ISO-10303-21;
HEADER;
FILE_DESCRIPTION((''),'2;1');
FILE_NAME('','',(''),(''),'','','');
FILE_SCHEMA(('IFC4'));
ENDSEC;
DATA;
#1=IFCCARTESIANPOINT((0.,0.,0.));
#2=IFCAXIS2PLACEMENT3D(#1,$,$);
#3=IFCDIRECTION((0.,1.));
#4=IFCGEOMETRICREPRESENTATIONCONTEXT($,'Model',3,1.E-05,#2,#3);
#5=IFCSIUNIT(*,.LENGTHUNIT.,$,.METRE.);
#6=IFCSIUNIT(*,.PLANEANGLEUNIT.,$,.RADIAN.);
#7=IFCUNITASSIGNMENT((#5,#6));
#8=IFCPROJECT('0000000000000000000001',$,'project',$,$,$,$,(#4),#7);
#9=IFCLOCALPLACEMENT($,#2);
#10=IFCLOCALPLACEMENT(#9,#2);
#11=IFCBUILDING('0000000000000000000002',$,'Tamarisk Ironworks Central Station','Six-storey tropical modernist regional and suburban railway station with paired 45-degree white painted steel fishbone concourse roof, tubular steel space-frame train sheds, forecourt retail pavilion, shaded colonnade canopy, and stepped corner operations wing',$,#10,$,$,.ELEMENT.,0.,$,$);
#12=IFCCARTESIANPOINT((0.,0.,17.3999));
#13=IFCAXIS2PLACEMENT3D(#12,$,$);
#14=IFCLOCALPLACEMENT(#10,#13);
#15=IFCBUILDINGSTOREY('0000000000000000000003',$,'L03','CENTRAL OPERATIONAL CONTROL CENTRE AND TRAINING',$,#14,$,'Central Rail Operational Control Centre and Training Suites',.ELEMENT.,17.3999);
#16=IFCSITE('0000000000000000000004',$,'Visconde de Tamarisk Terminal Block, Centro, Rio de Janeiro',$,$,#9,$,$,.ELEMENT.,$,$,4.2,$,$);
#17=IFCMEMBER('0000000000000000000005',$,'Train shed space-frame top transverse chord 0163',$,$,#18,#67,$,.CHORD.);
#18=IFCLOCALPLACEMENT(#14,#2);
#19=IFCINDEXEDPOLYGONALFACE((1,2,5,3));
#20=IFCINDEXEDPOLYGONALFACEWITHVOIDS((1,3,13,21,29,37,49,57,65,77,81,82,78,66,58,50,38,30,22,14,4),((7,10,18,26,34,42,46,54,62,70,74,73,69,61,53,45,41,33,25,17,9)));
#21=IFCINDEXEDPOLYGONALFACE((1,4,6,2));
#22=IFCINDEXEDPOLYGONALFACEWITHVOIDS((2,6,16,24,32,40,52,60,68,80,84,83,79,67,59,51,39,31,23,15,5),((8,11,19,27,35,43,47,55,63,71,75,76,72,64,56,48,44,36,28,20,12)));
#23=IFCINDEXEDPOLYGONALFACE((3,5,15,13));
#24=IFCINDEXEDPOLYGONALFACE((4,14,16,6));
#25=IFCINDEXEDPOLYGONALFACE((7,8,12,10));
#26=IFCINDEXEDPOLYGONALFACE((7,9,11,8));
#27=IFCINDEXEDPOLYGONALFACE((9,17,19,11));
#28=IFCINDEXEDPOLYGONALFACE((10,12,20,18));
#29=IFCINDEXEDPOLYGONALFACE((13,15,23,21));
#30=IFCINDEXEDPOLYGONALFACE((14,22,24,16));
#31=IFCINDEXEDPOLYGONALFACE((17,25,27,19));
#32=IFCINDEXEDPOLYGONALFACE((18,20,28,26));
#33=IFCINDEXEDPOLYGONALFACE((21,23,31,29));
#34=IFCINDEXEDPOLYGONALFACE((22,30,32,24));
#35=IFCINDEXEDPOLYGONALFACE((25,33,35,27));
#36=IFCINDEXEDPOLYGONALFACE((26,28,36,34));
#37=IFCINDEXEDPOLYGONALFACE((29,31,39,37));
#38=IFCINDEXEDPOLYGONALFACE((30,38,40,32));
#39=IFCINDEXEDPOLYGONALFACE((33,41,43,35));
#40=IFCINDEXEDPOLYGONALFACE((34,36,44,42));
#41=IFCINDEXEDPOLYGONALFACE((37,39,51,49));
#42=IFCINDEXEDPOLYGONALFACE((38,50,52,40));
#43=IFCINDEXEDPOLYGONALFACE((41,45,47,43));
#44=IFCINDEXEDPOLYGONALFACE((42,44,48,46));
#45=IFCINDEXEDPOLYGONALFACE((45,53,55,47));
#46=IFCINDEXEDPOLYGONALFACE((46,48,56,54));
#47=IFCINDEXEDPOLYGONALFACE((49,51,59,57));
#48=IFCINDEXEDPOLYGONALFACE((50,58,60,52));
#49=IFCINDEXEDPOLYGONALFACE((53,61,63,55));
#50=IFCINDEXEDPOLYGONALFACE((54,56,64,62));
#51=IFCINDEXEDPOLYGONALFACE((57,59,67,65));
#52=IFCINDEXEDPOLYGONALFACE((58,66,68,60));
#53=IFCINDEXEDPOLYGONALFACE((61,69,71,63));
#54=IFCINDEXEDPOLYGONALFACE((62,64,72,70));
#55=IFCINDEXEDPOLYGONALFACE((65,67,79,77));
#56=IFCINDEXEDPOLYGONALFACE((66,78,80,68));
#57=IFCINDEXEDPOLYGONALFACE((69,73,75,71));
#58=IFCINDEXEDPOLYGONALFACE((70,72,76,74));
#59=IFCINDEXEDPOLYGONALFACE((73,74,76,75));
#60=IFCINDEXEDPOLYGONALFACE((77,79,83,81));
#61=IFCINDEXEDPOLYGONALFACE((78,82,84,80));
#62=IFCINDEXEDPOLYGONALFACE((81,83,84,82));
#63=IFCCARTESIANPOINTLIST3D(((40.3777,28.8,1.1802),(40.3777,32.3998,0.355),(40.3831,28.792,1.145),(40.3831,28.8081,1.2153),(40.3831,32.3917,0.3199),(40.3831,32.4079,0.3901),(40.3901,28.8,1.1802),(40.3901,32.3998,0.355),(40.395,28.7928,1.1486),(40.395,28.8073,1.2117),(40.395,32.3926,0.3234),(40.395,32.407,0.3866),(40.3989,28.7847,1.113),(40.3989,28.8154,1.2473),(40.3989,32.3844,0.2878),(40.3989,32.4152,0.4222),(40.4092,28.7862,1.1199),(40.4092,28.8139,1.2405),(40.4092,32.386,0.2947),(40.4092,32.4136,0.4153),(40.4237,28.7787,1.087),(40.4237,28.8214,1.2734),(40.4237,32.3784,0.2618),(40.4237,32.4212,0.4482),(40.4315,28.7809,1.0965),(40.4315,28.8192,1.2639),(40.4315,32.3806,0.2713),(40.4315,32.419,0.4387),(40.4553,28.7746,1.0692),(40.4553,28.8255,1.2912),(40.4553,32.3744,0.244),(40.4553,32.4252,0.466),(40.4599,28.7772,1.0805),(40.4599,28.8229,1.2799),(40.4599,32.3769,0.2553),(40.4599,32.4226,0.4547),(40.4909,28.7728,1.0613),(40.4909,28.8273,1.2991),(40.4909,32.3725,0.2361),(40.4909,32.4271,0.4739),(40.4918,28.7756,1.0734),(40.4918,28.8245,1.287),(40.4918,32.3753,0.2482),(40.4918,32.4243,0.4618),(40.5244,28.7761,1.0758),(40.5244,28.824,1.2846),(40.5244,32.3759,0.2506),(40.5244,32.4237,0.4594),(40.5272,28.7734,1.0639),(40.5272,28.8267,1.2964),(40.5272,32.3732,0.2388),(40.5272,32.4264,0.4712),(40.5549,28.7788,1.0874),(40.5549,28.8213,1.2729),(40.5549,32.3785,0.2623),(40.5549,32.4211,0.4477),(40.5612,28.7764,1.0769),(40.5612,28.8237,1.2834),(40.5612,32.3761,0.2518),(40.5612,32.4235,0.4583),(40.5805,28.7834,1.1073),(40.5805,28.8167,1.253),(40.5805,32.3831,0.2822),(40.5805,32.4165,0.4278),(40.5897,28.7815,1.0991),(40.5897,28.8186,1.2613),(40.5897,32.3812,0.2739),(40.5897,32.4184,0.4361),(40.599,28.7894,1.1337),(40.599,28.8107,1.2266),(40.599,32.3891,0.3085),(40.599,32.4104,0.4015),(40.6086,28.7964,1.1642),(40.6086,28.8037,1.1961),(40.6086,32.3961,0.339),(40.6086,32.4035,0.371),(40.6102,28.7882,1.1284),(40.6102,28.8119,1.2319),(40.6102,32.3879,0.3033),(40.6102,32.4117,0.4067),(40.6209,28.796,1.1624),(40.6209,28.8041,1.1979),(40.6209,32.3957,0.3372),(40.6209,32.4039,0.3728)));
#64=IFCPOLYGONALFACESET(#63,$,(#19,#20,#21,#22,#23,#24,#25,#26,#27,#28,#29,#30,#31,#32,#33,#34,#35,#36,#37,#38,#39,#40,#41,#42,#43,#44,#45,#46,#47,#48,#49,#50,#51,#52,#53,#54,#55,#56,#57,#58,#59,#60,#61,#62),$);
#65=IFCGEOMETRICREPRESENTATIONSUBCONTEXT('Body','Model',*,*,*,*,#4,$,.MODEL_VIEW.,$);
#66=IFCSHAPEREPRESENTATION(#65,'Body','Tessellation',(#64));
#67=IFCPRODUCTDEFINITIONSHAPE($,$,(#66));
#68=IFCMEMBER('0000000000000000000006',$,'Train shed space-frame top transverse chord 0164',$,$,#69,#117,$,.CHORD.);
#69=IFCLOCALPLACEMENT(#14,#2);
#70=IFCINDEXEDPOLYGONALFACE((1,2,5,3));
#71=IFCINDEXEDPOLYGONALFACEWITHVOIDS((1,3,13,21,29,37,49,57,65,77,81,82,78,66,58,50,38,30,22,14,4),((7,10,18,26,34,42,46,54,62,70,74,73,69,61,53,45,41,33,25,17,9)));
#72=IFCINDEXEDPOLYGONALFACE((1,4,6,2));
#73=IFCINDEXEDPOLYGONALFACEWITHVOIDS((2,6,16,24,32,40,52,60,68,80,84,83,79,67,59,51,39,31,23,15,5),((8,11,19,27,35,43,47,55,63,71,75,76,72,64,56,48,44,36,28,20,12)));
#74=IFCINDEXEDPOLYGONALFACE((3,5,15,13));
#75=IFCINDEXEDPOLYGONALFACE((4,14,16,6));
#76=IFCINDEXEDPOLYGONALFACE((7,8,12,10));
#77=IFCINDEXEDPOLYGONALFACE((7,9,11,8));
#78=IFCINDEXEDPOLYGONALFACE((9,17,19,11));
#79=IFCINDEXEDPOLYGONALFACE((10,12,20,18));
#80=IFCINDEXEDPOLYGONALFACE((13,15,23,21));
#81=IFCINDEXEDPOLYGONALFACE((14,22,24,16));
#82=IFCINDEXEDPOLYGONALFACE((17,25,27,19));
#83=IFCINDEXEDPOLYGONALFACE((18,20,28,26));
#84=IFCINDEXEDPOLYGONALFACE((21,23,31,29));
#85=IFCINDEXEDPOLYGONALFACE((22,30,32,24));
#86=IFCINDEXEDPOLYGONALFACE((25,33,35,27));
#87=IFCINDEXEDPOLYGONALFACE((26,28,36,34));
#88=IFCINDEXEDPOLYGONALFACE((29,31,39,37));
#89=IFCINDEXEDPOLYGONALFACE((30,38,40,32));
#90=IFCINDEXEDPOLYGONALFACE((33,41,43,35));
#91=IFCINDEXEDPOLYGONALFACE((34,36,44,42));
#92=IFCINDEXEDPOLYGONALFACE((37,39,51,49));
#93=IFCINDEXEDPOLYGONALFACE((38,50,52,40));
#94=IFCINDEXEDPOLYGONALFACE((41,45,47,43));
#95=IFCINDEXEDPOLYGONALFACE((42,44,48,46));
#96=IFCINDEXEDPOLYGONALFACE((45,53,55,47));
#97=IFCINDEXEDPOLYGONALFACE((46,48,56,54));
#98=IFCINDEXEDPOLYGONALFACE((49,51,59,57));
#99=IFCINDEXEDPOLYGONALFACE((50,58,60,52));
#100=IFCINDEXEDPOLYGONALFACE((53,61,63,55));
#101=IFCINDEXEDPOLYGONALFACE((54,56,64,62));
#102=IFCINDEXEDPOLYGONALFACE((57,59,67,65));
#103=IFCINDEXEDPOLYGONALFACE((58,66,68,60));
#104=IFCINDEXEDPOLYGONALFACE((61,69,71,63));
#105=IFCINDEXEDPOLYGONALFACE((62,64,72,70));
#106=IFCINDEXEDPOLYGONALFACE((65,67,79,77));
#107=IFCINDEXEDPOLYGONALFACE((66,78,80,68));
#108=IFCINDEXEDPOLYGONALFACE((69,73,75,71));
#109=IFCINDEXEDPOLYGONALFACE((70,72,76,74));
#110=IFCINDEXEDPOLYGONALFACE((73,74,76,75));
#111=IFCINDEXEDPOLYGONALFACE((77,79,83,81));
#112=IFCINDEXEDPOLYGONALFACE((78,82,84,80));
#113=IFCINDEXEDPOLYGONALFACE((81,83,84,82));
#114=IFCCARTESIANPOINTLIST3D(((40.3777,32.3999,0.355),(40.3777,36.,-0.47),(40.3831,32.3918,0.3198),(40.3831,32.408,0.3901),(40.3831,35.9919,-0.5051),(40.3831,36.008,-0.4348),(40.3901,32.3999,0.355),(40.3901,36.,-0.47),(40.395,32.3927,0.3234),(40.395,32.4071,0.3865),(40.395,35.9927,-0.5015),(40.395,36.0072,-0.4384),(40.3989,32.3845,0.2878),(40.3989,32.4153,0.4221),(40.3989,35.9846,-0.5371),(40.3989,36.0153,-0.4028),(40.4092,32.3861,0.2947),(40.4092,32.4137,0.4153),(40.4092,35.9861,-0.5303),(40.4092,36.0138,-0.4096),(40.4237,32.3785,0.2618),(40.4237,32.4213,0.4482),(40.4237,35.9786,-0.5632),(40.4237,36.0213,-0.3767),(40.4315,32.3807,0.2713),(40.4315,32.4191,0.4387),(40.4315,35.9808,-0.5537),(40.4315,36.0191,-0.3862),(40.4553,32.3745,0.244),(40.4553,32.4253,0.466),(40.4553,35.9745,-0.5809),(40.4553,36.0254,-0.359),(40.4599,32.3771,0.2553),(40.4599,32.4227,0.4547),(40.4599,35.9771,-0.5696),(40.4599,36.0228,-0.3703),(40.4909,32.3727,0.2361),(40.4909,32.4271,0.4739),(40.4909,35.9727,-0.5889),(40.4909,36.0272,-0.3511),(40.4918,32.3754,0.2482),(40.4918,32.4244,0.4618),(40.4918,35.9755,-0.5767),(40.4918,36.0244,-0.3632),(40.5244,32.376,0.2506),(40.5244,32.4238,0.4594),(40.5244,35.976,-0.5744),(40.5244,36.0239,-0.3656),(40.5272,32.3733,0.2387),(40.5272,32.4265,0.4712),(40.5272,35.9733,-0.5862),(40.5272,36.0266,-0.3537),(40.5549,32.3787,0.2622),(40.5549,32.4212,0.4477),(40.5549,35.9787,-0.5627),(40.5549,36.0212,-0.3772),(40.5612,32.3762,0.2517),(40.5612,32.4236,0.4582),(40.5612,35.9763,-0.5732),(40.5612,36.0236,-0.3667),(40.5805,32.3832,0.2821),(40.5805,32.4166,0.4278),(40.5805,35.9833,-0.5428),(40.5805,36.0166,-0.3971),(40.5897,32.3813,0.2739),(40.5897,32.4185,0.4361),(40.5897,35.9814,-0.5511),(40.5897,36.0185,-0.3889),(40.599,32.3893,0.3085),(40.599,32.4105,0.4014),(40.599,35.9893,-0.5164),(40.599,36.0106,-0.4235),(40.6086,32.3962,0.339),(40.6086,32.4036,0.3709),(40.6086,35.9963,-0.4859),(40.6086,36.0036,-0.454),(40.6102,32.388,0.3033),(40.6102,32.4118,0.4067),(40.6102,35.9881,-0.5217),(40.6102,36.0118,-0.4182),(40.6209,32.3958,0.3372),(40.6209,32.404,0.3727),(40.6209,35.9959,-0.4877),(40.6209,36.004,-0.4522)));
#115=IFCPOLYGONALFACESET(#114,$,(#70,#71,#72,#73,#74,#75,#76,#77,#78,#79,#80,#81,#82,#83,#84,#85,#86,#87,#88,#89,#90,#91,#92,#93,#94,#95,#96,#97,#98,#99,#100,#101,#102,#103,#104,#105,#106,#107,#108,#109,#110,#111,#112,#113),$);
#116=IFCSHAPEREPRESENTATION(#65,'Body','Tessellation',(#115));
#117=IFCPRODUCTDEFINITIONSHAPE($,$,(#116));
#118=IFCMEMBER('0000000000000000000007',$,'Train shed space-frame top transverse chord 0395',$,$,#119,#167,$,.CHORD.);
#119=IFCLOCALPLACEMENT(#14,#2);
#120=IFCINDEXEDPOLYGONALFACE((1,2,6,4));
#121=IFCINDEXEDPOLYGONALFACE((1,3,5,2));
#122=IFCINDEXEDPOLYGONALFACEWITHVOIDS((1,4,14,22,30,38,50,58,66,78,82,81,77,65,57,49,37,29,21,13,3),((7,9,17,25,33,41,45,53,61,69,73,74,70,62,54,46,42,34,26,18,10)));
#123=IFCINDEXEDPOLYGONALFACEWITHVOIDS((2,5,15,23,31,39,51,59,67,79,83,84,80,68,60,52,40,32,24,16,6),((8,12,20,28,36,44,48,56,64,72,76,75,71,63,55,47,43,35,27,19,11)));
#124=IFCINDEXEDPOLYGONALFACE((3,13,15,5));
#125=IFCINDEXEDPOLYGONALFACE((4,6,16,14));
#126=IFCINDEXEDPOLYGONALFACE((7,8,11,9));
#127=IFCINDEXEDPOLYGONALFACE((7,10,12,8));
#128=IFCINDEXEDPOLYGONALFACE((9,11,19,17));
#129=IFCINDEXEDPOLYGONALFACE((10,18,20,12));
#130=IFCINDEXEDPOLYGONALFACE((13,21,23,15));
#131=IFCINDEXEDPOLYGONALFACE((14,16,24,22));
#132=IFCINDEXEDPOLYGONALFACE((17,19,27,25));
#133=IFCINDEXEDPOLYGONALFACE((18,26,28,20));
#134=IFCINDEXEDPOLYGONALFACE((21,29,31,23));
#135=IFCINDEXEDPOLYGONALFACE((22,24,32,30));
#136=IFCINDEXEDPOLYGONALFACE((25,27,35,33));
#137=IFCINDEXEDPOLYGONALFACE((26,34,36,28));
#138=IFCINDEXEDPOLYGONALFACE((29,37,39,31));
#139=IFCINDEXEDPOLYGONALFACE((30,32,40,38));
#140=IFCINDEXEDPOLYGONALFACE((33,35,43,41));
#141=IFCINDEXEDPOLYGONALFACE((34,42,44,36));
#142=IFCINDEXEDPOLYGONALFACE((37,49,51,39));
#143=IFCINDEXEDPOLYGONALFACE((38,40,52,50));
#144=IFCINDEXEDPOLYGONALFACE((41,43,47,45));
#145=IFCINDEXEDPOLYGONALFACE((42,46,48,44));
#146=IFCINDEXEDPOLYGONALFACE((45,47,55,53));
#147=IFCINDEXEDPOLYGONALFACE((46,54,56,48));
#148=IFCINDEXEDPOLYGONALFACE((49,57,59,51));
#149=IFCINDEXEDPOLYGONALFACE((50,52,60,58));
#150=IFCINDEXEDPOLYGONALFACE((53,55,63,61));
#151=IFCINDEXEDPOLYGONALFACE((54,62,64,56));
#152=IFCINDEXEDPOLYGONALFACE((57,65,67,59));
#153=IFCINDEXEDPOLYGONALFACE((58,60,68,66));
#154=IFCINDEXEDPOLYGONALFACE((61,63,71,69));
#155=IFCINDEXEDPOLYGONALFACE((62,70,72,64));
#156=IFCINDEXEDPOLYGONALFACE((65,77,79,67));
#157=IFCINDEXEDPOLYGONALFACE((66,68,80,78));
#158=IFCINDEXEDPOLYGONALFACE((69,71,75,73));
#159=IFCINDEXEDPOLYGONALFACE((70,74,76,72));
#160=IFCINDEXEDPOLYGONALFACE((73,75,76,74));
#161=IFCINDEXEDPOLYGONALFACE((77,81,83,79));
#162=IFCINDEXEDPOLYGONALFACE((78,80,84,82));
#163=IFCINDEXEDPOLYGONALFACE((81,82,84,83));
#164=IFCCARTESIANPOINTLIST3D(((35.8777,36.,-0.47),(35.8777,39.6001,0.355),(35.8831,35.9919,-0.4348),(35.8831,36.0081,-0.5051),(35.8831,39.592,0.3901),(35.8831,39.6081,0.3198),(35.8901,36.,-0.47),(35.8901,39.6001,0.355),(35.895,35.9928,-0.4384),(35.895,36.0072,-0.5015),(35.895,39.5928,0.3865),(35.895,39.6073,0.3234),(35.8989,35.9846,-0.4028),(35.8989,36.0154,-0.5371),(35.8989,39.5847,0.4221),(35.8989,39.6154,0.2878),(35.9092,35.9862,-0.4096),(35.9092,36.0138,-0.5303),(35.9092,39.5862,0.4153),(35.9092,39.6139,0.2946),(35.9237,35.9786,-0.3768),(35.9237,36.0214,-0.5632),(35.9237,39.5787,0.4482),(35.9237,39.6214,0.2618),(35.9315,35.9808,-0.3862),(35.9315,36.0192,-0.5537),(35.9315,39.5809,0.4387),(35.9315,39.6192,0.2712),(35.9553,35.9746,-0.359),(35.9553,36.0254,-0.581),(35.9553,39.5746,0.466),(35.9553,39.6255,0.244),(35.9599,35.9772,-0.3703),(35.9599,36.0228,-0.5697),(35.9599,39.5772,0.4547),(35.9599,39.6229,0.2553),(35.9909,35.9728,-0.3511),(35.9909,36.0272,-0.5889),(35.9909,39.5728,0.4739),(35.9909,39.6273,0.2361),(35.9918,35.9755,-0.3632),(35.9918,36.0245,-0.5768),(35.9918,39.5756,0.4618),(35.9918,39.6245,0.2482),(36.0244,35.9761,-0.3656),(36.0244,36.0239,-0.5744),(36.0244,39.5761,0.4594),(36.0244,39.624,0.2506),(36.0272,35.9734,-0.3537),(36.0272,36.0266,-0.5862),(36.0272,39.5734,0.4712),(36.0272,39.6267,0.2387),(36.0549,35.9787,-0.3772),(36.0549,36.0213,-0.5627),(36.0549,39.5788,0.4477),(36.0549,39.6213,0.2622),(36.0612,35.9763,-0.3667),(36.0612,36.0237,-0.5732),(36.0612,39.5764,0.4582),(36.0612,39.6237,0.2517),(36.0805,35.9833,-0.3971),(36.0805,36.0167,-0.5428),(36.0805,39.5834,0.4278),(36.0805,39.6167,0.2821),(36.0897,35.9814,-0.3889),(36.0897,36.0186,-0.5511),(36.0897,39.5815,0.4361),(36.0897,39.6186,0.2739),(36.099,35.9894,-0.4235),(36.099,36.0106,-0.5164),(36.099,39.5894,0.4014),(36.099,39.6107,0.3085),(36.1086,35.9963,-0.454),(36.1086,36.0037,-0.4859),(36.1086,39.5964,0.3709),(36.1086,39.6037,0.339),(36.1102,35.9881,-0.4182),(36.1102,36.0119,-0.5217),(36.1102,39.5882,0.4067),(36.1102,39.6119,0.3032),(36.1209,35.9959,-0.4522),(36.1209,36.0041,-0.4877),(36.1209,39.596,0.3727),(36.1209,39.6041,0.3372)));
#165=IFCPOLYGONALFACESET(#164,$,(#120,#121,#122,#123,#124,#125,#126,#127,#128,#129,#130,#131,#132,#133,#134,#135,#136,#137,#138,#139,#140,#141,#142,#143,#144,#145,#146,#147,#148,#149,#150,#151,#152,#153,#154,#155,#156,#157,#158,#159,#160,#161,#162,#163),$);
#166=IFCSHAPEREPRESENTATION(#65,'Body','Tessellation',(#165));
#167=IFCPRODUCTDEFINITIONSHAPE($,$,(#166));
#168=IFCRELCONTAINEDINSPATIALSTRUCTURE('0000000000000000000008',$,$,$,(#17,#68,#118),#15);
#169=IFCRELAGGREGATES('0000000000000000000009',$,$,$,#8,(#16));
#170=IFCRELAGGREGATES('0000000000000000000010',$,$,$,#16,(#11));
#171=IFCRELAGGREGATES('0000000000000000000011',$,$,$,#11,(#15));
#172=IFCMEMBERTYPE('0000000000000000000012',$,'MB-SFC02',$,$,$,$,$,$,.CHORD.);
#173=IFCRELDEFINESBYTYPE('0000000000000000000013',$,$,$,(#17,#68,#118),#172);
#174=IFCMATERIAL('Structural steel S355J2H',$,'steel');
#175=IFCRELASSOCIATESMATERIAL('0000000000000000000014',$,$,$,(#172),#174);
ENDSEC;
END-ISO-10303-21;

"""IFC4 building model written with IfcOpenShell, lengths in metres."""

from ifc_helpers import new_model, si_unit, direction, frame, origin, origin_2d, place, context, subcontext, project, spatial, hollow_circle, extrude, material, material_profile, profile_set, type_object, element, save


model = new_model("IFC4")

# Units and contexts
model_context = context("Model", 3, precision=1e-05, world=origin(), true_north=direction((0.0, 1.0)))
body_context = subcontext(model_context, "Body", "Model", "MODEL_VIEW")
ifc_project = project(units=[si_unit("LENGTHUNIT", "METRE"), si_unit("PLANEANGLEUNIT", "RADIAN")], contexts=[model_context])

# Site, building, storey
site_placement = place(None, origin())
site = spatial("IfcSite", under=ifc_project, at=site_placement, Name="Visconde de Tamarisk Terminal Block, Centro, Rio de Janeiro", CompositionType="ELEMENT", RefElevation=4.2)
building_placement = place(site_placement, origin())
building = spatial("IfcBuilding", under=site, at=building_placement, Name="Tamarisk Ironworks Central Station", Description="Six-storey tropical modernist regional and suburban railway station with paired 45-degree white painted steel fishbone concourse roof, tubular steel space-frame train sheds, forecourt retail pavilion, shaded colonnade canopy, and stepped corner operations wing", CompositionType="ELEMENT", ElevationOfRefHeight=0.0)
storey_placement = place(building_placement, frame((0.0, 0.0, 17.3999)))
storey = spatial("IfcBuildingStorey", under=building, at=storey_placement, Name="L03", Description="CENTRAL OPERATIONAL CONTROL CENTRE AND TRAINING", LongName="Central Rail Operational Control Centre and Training Suites", CompositionType="ELEMENT", Elevation=17.3999)

# Members
ifc_material_1 = material(Name="Structural steel S355J2H", Category="steel")
ifc_material_profile_1 = material_profile(ifc_material_1, hollow_circle(Radius=0.1223, WallThickness=0.0125, at=origin_2d()), Name="CHS 244.5x12.5")
ifc_profile_set_1 = profile_set([ifc_material_profile_1], Name="Structural steel S355J2H")
member_type_1 = type_object("IfcMemberType", Name="MB-SFC02", PredefinedType="CHORD", material=ifc_profile_set_1)
member_1_placement = place(storey_placement, frame((40.5, 28.8, 1.1802), z_axis=(0.0, 0.974719, -0.223435), x_axis=(-1.0, 0.0, 0.0)))
element("IfcMember", 1, at=member_1_placement, inside=storey, type_object=member_type_1, Name="Train shed space-frame top transverse chord 0163", PredefinedType="CHORD", context=body_context, shape_type="SweptSolid", body=[
    extrude(hollow_circle(Radius=0.1223, WallThickness=0.0125, at=origin_2d()), origin(), (0.0, 0.0, 1.0), 3.6931),
])
for number, where, z_axis, x_axis, name in (
    (2, (40.5, 32.3999, 0.355), (0.0, 0.974737, -0.223358), (-1.0, 0.0, 0.0), "Train shed space-frame top transverse chord 0164"),
    (3, (36.0, 36.0, -0.47), (0.0, 0.974737, 0.223358), (-1.0, 0.0, 0.0), "Train shed space-frame top transverse chord 0395"),
):
    element("IfcMember", number, at=place(storey_placement, frame(where, z_axis=z_axis, x_axis=x_axis)), inside=storey, type_object=member_type_1, Name=name, PredefinedType="CHORD", context=body_context, shape_type="SweptSolid", body=[
        extrude(hollow_circle(Radius=0.1223, WallThickness=0.0125, at=origin_2d()), origin(), (0.0, 0.0, 1.0), 3.6934),
    ])

save(model, "model.ifc")
